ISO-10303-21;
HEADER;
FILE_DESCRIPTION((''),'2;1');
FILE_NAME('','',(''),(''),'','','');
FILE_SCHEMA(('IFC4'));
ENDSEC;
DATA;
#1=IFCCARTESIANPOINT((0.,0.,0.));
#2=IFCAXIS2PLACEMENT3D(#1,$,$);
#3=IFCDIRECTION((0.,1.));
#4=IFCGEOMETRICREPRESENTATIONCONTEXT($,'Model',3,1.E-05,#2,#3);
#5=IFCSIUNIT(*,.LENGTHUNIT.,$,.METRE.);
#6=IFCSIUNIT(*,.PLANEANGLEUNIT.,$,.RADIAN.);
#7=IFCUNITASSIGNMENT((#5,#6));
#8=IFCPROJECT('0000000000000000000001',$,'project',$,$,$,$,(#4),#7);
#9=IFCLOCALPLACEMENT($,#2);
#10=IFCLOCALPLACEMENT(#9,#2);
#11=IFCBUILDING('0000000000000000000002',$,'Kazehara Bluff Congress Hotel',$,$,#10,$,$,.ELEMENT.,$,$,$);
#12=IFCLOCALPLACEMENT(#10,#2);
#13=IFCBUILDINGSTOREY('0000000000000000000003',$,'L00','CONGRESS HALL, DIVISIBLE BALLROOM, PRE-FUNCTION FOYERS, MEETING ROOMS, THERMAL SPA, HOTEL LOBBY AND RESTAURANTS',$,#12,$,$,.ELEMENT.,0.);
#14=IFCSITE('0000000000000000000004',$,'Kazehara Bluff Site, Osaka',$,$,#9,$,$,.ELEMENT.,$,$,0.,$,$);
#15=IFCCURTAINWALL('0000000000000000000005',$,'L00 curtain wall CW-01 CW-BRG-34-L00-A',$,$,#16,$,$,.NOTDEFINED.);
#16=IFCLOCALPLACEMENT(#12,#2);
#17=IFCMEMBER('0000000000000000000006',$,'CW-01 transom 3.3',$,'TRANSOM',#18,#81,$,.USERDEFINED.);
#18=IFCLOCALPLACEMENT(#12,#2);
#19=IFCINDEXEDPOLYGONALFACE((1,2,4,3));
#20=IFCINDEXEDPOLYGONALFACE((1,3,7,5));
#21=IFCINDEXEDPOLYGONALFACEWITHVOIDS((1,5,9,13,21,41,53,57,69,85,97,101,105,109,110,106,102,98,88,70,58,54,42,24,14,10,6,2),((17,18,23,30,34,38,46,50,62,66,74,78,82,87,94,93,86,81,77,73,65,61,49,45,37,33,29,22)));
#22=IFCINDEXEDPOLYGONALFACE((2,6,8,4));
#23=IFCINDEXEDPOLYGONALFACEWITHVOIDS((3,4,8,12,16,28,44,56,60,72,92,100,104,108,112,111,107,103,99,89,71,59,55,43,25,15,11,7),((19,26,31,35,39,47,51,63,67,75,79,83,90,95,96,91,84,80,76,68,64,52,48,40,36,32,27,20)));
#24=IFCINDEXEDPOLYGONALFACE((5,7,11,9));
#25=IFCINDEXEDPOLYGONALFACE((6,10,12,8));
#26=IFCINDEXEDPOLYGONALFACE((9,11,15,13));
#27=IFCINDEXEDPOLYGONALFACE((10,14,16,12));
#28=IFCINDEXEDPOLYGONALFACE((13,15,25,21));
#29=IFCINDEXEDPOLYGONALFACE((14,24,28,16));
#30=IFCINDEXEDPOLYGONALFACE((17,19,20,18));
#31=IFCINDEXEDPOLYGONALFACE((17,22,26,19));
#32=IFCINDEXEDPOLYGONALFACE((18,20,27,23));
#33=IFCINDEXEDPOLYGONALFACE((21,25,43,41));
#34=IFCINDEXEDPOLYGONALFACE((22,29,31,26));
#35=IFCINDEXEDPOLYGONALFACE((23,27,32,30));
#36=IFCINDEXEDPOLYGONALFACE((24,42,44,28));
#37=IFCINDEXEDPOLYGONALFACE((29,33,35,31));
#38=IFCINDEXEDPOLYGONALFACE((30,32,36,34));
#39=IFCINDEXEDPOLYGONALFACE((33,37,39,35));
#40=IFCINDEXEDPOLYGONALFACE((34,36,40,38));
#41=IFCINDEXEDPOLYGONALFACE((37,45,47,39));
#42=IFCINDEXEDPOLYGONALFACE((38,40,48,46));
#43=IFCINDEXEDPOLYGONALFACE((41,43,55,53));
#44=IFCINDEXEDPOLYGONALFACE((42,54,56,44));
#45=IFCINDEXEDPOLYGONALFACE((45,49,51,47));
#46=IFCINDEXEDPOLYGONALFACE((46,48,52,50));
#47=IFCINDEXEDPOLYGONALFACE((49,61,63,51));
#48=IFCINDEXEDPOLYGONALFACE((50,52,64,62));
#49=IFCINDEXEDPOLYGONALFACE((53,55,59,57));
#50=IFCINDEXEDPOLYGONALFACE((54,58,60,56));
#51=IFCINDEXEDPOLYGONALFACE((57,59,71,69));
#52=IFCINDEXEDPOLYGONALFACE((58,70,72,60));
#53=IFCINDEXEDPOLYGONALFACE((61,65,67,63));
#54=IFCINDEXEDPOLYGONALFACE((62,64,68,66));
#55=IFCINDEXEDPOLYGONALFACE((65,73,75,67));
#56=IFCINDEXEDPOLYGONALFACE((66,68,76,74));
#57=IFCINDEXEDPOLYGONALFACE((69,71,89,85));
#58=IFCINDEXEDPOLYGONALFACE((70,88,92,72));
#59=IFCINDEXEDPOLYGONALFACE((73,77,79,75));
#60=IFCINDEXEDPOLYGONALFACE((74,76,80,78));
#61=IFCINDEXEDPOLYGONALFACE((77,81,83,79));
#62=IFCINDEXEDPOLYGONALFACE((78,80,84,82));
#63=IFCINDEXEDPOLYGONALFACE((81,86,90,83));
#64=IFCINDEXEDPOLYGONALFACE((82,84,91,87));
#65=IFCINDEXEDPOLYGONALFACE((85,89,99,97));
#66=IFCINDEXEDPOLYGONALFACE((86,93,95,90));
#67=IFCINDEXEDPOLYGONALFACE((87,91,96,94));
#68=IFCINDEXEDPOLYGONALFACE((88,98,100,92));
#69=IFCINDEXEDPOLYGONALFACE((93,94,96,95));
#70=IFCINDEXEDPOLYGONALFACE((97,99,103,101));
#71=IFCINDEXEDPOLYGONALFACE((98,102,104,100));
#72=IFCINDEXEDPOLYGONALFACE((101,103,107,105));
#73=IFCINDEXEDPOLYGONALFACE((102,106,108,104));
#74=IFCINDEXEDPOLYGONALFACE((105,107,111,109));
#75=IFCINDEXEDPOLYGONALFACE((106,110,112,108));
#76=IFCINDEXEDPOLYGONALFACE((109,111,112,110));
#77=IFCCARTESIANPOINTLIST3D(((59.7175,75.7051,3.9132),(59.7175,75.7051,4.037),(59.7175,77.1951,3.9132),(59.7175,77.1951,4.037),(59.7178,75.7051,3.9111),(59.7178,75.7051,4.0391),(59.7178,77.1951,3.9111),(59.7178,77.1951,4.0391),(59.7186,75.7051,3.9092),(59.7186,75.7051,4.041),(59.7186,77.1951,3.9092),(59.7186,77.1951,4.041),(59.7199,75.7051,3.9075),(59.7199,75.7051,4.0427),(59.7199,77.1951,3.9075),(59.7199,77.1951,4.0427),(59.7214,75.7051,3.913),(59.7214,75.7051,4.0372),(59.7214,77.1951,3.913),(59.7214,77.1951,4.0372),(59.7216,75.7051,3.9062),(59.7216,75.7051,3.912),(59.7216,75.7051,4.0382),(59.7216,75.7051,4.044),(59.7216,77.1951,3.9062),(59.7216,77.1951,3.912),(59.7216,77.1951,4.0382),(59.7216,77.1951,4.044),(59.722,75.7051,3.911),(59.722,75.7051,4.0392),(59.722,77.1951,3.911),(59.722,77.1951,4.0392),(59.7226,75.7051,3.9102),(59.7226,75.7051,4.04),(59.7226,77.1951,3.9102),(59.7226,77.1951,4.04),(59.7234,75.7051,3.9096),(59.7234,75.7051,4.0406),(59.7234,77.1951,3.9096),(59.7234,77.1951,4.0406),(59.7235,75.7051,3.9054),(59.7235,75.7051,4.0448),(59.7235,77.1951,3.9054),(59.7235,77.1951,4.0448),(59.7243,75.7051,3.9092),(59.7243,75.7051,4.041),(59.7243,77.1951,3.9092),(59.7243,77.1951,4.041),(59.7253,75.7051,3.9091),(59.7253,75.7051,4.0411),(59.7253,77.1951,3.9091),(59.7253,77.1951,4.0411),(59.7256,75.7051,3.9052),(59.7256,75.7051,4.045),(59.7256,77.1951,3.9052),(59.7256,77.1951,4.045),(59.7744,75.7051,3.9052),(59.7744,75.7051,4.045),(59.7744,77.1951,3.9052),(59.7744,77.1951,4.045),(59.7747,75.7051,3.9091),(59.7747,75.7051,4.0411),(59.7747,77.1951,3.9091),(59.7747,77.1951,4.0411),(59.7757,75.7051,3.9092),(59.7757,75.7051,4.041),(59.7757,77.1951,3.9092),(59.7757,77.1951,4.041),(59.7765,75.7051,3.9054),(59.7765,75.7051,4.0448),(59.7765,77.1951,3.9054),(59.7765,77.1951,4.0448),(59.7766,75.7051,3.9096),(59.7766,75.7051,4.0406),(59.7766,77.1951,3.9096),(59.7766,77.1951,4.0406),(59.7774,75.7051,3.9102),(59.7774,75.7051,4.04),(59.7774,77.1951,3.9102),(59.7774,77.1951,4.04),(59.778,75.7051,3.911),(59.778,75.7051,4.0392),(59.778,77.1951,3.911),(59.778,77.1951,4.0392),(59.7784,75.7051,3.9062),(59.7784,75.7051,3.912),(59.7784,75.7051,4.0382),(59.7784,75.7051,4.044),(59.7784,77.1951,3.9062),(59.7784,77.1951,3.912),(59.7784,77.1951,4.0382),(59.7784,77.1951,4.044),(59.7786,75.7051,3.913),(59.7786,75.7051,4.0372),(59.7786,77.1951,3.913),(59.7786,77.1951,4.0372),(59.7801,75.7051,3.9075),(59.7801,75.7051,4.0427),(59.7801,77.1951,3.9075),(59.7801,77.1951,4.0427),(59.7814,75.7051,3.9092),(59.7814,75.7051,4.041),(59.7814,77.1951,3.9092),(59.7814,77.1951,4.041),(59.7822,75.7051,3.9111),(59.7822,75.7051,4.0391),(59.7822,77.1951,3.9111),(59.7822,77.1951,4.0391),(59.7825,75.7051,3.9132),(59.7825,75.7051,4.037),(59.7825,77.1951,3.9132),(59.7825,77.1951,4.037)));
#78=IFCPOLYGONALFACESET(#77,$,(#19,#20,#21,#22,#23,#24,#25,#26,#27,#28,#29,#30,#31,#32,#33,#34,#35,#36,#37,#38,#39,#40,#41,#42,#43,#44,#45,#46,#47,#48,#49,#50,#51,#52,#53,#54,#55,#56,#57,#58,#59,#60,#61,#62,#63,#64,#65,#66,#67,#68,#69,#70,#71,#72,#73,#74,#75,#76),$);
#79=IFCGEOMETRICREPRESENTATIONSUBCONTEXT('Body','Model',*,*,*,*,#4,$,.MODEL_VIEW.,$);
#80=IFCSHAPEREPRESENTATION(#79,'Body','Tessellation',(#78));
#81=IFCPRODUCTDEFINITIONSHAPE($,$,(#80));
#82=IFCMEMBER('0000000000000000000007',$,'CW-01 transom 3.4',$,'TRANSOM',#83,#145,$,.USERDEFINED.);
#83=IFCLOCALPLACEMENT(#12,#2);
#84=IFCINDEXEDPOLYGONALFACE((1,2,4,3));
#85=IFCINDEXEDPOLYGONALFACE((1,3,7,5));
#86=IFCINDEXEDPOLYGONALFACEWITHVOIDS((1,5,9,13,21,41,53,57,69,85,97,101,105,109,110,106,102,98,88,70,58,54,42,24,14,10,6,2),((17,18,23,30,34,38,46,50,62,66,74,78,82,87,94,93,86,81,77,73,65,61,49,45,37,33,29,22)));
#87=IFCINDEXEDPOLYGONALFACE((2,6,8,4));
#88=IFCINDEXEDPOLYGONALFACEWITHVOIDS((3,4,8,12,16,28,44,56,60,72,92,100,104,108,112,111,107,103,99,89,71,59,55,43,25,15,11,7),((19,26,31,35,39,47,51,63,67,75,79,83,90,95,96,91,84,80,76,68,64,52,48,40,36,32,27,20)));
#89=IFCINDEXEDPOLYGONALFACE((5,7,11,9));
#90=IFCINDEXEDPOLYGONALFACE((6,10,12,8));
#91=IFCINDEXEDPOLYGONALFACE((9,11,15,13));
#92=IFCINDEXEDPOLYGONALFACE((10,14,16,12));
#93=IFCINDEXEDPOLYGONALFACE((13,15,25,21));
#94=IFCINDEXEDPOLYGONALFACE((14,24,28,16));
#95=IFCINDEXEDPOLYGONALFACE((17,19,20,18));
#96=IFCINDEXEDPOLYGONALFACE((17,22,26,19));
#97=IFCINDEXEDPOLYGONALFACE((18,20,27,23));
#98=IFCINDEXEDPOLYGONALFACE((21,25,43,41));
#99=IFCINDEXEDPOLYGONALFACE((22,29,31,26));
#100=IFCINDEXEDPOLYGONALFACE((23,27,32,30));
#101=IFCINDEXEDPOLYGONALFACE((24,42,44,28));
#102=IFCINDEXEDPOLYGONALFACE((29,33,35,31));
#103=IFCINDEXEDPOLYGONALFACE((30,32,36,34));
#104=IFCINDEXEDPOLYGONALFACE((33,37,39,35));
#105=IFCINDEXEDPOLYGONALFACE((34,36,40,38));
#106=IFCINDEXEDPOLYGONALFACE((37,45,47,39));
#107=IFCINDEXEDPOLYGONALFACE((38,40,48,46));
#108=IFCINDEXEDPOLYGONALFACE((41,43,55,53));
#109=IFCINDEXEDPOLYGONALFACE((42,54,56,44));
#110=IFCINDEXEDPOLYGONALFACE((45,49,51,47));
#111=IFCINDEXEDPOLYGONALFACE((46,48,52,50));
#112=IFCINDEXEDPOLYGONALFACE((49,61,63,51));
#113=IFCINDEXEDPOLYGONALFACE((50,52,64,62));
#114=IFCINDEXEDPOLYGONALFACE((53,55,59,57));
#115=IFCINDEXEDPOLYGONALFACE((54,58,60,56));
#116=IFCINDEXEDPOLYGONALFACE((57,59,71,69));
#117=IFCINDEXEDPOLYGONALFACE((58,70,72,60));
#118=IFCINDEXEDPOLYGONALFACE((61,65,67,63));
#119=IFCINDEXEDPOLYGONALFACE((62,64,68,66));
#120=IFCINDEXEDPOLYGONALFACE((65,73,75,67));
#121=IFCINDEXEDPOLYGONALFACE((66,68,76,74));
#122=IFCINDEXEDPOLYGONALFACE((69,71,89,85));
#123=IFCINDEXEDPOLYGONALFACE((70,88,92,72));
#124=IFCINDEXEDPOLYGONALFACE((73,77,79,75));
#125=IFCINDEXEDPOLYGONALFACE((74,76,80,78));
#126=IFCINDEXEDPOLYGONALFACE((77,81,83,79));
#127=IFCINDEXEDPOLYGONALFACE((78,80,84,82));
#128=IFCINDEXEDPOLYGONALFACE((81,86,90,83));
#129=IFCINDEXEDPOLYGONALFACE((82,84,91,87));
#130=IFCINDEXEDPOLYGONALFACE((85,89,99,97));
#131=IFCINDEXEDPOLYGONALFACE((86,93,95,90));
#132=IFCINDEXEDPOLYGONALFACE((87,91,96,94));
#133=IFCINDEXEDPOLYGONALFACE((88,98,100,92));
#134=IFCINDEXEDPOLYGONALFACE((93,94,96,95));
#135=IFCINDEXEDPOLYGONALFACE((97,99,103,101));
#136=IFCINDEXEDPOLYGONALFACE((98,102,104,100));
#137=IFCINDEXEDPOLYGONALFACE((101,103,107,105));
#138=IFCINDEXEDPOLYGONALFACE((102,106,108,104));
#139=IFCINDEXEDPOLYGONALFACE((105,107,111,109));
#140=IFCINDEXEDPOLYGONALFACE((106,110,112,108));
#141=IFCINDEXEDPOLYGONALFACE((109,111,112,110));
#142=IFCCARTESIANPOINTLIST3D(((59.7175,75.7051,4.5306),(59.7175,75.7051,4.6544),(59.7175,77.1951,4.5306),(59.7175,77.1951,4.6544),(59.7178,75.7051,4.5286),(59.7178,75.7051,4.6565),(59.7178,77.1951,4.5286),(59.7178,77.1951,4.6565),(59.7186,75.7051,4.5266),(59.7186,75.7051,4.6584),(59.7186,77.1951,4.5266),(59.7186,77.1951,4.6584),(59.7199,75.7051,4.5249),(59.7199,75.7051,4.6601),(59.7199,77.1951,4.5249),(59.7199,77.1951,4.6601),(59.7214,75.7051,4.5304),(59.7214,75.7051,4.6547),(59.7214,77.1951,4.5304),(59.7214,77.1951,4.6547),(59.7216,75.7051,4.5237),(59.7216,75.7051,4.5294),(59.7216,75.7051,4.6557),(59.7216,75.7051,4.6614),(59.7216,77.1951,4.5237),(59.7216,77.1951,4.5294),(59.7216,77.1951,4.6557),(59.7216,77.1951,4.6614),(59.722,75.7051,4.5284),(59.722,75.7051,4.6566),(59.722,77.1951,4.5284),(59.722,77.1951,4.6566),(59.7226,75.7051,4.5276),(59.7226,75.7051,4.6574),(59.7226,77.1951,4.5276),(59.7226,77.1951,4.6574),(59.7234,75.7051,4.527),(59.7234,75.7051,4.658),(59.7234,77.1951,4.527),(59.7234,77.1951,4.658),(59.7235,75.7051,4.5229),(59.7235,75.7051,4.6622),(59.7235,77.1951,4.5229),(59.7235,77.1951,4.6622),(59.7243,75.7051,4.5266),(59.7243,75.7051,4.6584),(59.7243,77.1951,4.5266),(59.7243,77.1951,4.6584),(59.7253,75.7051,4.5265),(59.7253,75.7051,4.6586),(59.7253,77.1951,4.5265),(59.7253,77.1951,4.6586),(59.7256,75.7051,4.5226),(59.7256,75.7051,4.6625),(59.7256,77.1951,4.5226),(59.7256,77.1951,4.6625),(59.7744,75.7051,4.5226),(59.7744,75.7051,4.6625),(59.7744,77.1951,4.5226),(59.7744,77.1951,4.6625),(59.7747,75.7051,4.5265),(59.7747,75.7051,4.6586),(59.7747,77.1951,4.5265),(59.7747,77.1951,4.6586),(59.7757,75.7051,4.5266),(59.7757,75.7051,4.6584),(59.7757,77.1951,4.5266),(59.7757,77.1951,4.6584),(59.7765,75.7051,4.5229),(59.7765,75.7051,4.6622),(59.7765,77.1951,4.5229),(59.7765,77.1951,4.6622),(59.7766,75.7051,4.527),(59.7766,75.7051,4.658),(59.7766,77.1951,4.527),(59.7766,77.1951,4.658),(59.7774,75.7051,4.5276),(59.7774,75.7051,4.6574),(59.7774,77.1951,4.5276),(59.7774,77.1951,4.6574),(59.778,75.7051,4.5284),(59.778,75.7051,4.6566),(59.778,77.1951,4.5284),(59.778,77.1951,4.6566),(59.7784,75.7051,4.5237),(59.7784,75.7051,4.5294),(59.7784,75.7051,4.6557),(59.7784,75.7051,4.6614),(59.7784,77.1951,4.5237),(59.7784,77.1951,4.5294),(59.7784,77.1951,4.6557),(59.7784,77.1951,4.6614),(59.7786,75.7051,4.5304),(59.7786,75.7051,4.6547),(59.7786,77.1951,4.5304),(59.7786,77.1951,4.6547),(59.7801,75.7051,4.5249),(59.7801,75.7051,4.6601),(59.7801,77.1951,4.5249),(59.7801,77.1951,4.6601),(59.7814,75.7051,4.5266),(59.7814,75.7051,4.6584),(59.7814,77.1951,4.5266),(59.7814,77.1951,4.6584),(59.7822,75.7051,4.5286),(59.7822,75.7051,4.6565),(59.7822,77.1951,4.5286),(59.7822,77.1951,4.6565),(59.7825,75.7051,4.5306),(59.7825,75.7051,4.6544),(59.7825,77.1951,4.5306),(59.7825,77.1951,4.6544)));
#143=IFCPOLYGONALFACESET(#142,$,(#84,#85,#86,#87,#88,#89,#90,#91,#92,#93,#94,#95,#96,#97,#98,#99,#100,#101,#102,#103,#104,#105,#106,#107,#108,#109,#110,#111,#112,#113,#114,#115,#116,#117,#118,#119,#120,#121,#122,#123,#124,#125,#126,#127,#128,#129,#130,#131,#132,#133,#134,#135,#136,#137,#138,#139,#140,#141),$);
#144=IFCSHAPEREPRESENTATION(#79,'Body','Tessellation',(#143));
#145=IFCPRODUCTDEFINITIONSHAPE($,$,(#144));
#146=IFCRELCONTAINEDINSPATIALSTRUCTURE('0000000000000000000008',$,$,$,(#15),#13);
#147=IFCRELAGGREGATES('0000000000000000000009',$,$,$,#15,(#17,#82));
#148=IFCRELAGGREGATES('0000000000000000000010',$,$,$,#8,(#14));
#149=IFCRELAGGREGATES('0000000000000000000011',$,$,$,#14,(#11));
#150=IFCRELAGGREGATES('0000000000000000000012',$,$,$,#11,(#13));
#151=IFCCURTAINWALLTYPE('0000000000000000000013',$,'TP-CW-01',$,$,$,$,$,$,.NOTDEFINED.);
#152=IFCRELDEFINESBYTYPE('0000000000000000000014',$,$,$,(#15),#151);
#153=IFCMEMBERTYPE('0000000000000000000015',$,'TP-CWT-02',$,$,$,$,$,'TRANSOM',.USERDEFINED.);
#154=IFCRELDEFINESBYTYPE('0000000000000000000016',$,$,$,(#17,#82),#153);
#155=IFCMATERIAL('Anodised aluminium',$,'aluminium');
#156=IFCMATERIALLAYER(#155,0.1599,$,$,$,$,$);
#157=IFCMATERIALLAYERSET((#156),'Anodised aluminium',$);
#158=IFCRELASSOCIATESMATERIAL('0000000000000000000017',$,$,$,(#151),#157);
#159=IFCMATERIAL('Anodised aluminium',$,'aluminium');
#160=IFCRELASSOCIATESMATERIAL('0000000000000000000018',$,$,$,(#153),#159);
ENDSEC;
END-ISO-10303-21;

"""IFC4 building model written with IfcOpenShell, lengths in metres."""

from ifc_helpers import new_model, si_unit, direction, frame, origin, origin_2d, place, context, subcontext, project, spatial, hollow_rectangle, extrude, material, layer, layer_set, material_profile, profile_set, type_object, element, aggregate, save


model = new_model("IFC4")

# Units and contexts
model_context = context("Model", 3, precision=1e-05, world=origin(), true_north=direction((0.0, 1.0)))
body_context = subcontext(model_context, "Body", "Model", "MODEL_VIEW")
ifc_project = project(units=[si_unit("LENGTHUNIT", "METRE"), si_unit("PLANEANGLEUNIT", "RADIAN")], contexts=[model_context])

# Site, building, storey
site_placement = place(None, origin())
site = spatial("IfcSite", under=ifc_project, at=site_placement, Name="Kazehara Bluff Site, Osaka", CompositionType="ELEMENT", RefElevation=0.0)
building_placement = place(site_placement, origin())
building = spatial("IfcBuilding", under=site, at=building_placement, Name="Kazehara Bluff Congress Hotel", CompositionType="ELEMENT")
storey_placement = place(building_placement, origin())
storey = spatial("IfcBuildingStorey", under=building, at=storey_placement, Name="L00", Description="CONGRESS HALL, DIVISIBLE BALLROOM, PRE-FUNCTION FOYERS, MEETING ROOMS, THERMAL SPA, HOTEL LOBBY AND RESTAURANTS", CompositionType="ELEMENT", Elevation=0.0)

# Curtain wall
ifc_material_1 = material(Name="Anodised aluminium", Category="aluminium")
ifc_layer_1 = layer(ifc_material_1, 0.1599)
ifc_layer_set_1 = layer_set([ifc_layer_1], Name="Anodised aluminium")
curtain_wall_type_1 = type_object("IfcCurtainWallType", Name="TP-CW-01", PredefinedType="NOTDEFINED", material=ifc_layer_set_1)
curtain_wall_1_placement = place(storey_placement, origin())
curtain_wall_1 = element("IfcCurtainWall", 1, at=curtain_wall_1_placement, inside=storey, type_object=curtain_wall_type_1, Name="L00 curtain wall CW-01 CW-BRG-34-L00-A", PredefinedType="NOTDEFINED")

# Members
ifc_material_2 = material(Name="Anodised aluminium", Category="aluminium")
ifc_material_profile_1 = material_profile(ifc_material_2, hollow_rectangle(XDim=0.0649, YDim=0.1399, WallThickness=0.0039, InnerFilletRadius=0.0039, OuterFilletRadius=0.0081, at=origin_2d()))
ifc_profile_set_1 = profile_set([ifc_material_profile_1], Name="Anodised aluminium")
member_type_1 = type_object("IfcMemberType", Name="TP-CWT-02", ElementType="TRANSOM", PredefinedType="USERDEFINED", material=ifc_profile_set_1)
member_1_placement = place(storey_placement, frame((59.75, 75.7051, 3.9751), z_axis=(0.0, 1.0, 0.0), x_axis=(-1.0, 0.0, 0.0)))
member_1 = element("IfcMember", 2, at=member_1_placement, type_object=member_type_1, Name="CW-01 transom 3.3", ObjectType="TRANSOM", PredefinedType="USERDEFINED", context=body_context, shape_type="SweptSolid", body=[
    extrude(hollow_rectangle(XDim=0.0649, YDim=0.1399, WallThickness=0.0039, InnerFilletRadius=0.0039, OuterFilletRadius=0.0081, at=origin_2d()), origin(), (0.0, 0.0, 1.0), 1.49),
])
member_2_placement = place(storey_placement, frame((59.75, 75.7051, 4.5925), z_axis=(0.0, 1.0, 0.0), x_axis=(-1.0, 0.0, 0.0)))
member_2 = element("IfcMember", 3, at=member_2_placement, type_object=member_type_1, Name="CW-01 transom 3.4", ObjectType="TRANSOM", PredefinedType="USERDEFINED", context=body_context, shape_type="SweptSolid", body=[
    extrude(hollow_rectangle(XDim=0.0649, YDim=0.1399, WallThickness=0.0039, InnerFilletRadius=0.0039, OuterFilletRadius=0.0081, at=origin_2d()), origin(), (0.0, 0.0, 1.0), 1.49),
])

aggregate(curtain_wall_1, [member_1, member_2])

save(model, "model.ifc")
